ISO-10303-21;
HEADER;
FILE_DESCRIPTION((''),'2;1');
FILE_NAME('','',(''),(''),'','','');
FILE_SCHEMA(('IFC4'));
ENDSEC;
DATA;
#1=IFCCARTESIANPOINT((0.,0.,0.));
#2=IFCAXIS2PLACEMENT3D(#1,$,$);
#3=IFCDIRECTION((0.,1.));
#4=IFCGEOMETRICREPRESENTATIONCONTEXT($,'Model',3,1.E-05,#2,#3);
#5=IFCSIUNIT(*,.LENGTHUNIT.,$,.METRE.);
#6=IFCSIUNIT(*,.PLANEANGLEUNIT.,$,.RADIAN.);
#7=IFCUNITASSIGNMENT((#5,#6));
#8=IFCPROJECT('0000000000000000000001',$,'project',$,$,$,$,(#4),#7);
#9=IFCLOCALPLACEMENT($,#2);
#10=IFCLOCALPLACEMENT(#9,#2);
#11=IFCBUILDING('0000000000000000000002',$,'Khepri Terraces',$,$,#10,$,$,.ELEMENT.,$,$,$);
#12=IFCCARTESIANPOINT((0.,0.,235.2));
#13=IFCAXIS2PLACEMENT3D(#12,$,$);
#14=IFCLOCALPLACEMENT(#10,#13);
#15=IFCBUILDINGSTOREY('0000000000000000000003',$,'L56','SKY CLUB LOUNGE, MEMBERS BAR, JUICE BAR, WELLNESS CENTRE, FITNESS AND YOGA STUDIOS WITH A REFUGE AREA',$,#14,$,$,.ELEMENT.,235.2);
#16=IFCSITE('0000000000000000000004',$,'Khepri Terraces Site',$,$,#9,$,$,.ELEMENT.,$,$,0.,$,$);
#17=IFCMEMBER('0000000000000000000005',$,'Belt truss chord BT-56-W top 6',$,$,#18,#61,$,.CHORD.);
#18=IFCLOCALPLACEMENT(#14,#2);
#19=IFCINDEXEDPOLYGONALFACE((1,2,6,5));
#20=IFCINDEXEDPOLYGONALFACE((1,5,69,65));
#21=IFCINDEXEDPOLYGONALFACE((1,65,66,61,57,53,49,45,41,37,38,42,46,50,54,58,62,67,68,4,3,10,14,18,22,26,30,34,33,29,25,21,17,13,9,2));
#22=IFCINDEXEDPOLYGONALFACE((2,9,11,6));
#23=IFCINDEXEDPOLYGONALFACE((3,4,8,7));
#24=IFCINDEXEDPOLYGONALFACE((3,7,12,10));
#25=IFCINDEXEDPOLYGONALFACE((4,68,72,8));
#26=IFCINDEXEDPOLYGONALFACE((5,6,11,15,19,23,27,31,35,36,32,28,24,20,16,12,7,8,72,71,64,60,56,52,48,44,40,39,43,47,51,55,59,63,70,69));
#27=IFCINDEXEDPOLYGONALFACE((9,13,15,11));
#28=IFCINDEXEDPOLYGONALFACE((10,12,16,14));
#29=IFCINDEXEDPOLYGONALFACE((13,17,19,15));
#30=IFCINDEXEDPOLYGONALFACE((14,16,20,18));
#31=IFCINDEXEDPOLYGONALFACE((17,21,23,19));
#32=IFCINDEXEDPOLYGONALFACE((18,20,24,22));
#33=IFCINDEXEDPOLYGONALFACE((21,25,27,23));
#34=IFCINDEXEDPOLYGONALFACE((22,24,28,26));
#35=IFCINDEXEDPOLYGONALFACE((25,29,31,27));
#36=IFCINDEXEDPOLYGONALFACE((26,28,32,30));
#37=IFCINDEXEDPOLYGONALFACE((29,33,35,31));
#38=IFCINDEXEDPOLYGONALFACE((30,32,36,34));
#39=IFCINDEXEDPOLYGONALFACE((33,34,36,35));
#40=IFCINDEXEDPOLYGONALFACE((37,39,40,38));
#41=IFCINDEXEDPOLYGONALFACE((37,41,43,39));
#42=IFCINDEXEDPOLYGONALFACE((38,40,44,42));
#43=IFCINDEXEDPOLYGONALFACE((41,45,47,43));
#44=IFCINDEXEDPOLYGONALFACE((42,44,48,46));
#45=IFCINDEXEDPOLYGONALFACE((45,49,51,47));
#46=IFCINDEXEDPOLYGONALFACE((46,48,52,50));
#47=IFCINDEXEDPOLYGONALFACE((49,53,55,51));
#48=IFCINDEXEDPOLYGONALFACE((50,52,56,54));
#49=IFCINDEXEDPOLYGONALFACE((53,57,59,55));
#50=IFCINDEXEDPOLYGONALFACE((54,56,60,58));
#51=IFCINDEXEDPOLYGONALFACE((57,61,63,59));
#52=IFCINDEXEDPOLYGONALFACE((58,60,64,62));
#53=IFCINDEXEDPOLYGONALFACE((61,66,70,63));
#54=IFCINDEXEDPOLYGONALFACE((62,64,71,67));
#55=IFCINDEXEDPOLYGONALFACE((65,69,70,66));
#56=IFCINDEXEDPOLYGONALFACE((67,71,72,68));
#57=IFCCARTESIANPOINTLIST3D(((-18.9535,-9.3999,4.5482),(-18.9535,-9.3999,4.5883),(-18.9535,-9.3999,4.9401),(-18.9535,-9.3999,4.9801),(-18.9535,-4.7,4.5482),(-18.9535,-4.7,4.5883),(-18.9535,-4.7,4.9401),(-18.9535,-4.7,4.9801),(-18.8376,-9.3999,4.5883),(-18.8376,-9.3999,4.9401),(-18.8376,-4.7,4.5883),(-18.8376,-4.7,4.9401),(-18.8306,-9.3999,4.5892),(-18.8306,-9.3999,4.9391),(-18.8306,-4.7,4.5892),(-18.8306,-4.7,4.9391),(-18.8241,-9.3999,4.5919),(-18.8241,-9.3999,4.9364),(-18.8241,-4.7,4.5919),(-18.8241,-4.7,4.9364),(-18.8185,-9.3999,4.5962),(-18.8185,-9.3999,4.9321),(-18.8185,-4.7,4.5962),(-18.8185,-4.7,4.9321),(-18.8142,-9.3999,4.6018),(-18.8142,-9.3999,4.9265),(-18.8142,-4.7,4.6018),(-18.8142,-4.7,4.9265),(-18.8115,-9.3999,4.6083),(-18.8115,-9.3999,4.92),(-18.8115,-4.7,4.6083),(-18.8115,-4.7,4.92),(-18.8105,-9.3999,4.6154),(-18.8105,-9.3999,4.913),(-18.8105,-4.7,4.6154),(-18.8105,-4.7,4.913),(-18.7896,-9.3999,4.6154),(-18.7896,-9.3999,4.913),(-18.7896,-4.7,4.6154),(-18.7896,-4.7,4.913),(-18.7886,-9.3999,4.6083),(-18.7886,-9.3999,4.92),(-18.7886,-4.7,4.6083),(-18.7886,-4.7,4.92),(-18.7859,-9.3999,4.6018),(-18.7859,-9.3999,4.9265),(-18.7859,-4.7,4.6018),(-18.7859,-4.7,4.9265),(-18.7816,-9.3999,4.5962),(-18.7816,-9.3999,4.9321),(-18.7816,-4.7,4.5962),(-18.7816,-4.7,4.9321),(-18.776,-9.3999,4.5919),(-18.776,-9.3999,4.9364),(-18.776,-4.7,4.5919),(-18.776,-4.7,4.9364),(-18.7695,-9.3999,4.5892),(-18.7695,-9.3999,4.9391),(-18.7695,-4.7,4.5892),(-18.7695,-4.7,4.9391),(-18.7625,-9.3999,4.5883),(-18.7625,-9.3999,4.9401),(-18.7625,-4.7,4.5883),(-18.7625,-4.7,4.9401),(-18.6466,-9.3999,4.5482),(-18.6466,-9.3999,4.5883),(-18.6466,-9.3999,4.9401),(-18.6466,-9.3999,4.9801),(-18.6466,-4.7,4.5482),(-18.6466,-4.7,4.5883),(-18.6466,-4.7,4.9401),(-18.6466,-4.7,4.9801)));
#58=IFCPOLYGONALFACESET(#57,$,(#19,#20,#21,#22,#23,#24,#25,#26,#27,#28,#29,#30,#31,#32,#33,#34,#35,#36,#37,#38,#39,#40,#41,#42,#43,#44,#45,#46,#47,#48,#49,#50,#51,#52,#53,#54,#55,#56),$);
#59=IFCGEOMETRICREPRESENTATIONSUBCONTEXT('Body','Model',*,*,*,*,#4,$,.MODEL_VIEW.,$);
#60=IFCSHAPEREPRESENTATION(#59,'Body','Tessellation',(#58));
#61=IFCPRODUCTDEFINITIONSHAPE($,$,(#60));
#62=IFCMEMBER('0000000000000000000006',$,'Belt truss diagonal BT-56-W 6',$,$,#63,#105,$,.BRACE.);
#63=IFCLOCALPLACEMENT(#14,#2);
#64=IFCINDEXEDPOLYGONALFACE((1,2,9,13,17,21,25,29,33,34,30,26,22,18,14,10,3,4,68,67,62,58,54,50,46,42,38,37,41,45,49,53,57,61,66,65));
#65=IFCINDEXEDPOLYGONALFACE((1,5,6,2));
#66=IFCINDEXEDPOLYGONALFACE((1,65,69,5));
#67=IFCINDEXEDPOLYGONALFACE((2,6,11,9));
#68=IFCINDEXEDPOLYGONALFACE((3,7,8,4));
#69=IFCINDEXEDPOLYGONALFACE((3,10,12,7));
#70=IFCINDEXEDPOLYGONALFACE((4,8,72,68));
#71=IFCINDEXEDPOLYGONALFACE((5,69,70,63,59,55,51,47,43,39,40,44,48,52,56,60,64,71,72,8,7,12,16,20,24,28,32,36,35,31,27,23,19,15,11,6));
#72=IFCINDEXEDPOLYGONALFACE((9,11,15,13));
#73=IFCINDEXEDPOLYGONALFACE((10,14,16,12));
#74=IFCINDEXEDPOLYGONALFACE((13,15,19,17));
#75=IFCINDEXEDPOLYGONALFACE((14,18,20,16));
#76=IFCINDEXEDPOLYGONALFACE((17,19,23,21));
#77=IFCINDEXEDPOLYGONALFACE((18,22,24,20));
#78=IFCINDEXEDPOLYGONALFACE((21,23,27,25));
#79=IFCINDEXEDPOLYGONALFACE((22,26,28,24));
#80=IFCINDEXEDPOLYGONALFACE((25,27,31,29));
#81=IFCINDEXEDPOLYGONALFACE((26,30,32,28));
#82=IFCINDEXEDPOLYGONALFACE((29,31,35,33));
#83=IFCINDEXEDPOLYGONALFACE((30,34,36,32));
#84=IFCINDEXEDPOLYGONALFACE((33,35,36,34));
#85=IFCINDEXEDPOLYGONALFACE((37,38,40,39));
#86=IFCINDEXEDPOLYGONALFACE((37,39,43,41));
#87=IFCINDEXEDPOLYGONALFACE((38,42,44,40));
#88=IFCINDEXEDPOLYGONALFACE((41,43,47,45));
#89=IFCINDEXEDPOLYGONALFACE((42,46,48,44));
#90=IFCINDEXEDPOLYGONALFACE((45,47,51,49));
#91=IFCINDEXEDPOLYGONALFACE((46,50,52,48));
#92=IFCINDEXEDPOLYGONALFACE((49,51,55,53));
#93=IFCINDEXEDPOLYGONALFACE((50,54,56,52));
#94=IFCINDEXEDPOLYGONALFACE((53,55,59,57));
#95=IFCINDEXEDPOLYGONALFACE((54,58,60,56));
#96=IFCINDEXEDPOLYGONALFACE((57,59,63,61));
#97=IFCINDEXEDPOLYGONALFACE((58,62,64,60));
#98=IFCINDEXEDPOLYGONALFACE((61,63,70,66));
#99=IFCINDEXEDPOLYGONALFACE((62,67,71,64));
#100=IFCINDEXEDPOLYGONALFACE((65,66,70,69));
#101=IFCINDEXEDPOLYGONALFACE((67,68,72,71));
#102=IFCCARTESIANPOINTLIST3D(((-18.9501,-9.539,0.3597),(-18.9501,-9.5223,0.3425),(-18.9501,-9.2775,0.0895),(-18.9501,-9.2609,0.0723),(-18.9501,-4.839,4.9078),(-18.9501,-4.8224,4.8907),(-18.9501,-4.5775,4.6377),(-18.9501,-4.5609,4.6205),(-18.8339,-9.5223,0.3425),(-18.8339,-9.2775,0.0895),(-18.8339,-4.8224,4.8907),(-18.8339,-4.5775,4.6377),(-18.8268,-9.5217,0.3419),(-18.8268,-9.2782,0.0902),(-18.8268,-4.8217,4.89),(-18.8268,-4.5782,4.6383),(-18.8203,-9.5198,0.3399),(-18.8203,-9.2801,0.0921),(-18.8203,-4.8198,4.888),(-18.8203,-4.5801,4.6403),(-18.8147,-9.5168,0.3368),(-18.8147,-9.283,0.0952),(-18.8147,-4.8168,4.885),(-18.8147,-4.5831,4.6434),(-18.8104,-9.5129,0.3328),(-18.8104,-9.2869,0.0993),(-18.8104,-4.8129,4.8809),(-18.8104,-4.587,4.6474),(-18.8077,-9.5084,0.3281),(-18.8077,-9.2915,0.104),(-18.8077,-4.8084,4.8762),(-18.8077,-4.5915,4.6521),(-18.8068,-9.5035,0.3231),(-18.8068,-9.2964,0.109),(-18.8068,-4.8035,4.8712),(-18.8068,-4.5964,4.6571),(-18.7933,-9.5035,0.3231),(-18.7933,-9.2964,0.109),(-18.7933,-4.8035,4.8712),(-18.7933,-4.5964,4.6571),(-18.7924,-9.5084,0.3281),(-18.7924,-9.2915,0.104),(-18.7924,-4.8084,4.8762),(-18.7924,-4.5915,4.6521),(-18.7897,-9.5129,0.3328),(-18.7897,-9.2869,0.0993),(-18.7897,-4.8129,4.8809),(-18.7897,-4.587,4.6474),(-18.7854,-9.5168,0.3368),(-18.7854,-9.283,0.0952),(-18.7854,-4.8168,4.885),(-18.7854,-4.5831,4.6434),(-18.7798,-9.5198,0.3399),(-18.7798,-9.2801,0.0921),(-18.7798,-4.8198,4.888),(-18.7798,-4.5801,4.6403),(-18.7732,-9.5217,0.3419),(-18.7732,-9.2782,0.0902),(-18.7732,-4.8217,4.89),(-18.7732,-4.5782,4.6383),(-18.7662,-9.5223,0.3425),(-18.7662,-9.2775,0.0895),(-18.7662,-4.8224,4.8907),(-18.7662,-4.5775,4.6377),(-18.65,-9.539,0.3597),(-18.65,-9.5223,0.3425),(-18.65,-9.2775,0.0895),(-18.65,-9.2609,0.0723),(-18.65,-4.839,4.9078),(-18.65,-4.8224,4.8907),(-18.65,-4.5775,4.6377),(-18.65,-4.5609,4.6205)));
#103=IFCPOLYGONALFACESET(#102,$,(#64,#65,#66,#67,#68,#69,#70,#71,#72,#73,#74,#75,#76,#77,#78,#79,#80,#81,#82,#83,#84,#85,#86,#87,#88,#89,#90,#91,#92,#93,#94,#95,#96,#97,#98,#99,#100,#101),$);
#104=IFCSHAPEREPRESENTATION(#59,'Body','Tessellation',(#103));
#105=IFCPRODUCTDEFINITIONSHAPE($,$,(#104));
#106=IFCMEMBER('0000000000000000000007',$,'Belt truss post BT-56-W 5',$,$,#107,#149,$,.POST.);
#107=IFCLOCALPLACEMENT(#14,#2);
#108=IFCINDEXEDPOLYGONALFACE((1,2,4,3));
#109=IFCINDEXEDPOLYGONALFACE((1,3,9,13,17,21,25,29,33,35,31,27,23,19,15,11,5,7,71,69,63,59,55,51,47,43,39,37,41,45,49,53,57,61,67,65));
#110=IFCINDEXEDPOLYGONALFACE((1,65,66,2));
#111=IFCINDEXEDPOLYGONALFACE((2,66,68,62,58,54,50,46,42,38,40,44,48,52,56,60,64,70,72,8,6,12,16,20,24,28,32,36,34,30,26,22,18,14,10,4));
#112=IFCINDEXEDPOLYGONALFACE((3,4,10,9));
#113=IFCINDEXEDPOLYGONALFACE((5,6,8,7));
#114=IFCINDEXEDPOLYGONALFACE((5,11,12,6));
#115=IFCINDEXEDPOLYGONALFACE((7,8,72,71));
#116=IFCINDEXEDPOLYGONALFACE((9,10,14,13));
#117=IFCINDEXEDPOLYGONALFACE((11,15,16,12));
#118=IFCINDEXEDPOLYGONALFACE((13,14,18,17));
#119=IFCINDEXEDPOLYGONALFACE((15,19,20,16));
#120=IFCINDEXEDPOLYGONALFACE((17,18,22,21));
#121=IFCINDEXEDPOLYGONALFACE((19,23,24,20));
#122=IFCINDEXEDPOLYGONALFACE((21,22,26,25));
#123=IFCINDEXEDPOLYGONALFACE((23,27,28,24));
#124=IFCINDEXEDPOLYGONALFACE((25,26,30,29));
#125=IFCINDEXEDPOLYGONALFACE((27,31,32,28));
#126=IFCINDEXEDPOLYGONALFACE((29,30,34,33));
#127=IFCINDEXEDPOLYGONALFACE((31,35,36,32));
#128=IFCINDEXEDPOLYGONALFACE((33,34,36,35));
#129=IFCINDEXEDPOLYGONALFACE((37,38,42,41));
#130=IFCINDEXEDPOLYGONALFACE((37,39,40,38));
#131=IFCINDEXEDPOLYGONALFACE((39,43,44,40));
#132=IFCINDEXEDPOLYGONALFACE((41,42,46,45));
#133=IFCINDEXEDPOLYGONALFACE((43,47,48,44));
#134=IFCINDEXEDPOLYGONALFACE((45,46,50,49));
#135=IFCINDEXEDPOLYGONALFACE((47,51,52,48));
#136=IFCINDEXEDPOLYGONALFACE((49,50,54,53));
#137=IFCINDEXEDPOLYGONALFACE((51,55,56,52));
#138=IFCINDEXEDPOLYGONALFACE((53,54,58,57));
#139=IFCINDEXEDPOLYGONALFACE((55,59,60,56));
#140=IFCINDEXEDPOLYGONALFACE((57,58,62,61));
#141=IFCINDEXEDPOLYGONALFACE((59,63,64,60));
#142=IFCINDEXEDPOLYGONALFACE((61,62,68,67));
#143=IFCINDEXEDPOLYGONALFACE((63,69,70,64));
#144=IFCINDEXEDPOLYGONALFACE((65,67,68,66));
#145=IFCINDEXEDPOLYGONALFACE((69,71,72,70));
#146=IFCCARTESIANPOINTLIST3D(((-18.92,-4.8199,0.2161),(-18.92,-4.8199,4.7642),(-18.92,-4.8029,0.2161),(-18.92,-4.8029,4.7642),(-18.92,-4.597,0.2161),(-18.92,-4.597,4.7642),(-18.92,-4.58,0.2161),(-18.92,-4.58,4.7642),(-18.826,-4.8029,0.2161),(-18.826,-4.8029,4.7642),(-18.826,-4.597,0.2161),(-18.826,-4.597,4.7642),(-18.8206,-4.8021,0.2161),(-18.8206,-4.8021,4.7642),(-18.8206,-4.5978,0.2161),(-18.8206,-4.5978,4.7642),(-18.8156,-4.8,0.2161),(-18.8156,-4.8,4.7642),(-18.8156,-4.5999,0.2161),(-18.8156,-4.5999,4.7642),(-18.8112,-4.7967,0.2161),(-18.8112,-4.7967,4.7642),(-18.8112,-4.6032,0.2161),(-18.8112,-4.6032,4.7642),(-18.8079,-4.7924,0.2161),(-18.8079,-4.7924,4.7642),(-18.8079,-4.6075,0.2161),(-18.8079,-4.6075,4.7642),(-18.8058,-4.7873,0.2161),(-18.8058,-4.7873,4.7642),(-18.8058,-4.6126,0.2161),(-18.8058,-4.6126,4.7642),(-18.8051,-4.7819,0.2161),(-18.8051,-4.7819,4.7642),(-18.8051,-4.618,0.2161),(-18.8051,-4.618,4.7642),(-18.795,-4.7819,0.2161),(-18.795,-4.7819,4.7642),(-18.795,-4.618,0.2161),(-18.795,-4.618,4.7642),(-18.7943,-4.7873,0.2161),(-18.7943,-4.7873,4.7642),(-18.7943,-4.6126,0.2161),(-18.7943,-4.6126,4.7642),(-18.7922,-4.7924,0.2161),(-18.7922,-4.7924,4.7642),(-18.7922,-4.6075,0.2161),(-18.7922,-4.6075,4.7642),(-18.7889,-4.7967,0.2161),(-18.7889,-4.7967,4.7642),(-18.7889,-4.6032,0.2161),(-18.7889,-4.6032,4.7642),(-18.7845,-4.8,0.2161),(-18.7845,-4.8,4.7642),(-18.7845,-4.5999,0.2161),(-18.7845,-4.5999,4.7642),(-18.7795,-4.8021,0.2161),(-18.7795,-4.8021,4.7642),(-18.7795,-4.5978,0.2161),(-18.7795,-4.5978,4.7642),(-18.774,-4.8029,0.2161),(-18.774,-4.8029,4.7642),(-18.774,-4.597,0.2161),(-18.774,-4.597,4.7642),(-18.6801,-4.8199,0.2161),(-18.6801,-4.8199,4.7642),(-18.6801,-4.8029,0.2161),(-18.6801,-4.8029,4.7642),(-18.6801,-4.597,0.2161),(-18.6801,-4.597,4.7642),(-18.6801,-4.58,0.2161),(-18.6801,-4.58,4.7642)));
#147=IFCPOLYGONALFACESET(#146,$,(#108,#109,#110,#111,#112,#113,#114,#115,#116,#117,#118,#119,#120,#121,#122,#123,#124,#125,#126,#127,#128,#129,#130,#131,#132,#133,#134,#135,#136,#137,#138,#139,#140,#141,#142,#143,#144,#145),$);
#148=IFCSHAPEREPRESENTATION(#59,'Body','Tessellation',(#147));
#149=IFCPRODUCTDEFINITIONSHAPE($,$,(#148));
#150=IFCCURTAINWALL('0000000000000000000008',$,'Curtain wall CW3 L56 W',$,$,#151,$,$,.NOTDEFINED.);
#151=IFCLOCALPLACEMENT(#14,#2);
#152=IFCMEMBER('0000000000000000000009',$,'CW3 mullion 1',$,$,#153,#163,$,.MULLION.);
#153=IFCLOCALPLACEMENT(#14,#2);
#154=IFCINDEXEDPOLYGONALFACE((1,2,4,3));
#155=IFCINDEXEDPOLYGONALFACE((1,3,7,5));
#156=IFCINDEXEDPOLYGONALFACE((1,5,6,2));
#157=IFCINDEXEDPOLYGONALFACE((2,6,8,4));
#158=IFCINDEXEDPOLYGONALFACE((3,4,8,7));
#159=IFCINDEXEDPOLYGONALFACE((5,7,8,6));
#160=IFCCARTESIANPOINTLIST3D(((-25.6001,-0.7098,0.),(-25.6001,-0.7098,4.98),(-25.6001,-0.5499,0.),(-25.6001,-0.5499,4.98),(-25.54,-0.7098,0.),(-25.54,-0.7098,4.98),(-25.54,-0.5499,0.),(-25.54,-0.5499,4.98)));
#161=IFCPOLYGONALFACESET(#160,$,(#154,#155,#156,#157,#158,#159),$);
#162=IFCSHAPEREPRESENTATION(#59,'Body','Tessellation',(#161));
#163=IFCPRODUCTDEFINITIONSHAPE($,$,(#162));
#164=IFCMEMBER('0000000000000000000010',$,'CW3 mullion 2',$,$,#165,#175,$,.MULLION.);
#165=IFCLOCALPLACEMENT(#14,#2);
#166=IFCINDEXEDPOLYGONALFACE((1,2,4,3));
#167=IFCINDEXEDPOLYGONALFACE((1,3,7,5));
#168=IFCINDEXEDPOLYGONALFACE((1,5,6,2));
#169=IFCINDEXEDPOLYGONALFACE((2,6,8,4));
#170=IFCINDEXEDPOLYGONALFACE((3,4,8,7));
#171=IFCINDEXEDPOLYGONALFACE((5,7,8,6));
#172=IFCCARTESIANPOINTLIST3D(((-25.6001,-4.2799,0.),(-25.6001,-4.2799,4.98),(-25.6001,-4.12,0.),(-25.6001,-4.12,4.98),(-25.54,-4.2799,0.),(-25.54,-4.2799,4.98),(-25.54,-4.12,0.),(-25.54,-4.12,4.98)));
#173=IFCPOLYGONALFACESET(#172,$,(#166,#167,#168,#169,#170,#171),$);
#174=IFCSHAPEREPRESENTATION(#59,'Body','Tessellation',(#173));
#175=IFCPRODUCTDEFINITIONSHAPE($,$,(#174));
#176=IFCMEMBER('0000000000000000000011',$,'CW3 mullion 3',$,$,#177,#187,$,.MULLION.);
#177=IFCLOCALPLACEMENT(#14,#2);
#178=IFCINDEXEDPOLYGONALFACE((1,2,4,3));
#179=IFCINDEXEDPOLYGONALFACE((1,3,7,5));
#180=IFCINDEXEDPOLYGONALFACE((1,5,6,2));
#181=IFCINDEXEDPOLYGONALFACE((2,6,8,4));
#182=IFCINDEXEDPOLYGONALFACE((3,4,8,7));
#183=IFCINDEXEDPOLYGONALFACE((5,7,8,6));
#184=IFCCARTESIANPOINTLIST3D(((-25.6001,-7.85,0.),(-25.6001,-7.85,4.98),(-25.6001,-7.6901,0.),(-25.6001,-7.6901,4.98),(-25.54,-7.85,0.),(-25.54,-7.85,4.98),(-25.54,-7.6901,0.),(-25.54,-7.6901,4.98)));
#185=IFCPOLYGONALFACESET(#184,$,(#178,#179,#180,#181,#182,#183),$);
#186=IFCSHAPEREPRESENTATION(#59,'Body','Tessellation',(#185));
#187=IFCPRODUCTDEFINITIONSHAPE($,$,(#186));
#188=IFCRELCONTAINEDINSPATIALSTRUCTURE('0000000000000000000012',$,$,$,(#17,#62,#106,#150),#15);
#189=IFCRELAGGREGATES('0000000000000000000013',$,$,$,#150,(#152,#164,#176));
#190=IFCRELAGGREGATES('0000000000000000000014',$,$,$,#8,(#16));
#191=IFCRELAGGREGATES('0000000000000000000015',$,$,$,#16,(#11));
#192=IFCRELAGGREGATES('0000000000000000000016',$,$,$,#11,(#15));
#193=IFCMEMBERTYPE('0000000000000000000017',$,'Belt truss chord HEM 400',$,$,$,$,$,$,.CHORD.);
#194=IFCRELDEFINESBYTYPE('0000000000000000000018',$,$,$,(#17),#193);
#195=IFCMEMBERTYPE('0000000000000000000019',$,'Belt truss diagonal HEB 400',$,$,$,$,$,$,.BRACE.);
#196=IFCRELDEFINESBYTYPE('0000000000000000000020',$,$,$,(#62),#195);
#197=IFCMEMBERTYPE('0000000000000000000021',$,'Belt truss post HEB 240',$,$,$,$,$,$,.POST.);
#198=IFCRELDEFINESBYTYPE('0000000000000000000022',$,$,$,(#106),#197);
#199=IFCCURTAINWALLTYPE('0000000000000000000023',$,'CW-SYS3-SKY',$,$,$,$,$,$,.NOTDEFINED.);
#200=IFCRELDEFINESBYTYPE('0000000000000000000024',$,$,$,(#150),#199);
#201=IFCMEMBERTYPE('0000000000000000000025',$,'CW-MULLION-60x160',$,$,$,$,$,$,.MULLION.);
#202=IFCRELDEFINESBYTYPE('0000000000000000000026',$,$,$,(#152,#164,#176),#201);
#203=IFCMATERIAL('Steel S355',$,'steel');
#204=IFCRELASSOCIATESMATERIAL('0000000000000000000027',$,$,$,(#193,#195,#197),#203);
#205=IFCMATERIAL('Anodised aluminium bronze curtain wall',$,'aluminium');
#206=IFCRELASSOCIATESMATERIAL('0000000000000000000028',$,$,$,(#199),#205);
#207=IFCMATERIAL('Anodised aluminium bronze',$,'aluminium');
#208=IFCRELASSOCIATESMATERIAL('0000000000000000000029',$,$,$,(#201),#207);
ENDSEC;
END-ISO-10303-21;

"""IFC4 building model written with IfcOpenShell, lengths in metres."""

from ifc_helpers import new_model, si_unit, direction, frame, origin, origin_2d, place, context, subcontext, project, spatial, rectangle, i_section, extrude, material, material_profile, profile_set, type_object, element, aggregate, save


model = new_model("IFC4")

# Units and contexts
model_context = context("Model", 3, precision=1e-05, world=origin(), true_north=direction((0.0, 1.0)))
body_context = subcontext(model_context, "Body", "Model", "MODEL_VIEW")
ifc_project = project(units=[si_unit("LENGTHUNIT", "METRE"), si_unit("PLANEANGLEUNIT", "RADIAN")], contexts=[model_context])

# Site, building, storey
site_placement = place(None, origin())
site = spatial("IfcSite", under=ifc_project, at=site_placement, Name="Khepri Terraces Site", CompositionType="ELEMENT", RefElevation=0.0)
building_placement = place(site_placement, origin())
building = spatial("IfcBuilding", under=site, at=building_placement, Name="Khepri Terraces", CompositionType="ELEMENT")
storey_placement = place(building_placement, frame((0.0, 0.0, 235.2)))
storey = spatial("IfcBuildingStorey", under=building, at=storey_placement, Name="L56", Description="SKY CLUB LOUNGE, MEMBERS BAR, JUICE BAR, WELLNESS CENTRE, FITNESS AND YOGA STUDIOS WITH A REFUGE AREA", CompositionType="ELEMENT", Elevation=235.2)

# Members
ifc_material_1 = material(Name="Steel S355", Category="steel")
ifc_material_profile_1 = material_profile(ifc_material_1, i_section(OverallWidth=0.3069, OverallDepth=0.4319, WebThickness=0.021, FlangeThickness=0.04, FilletRadius=0.0271, at=origin_2d()), Name="Steel S355", Category="steel")
ifc_profile_set_1 = profile_set([ifc_material_profile_1], Name="Steel S355")
member_type_1 = type_object("IfcMemberType", Name="Belt truss chord HEM 400", PredefinedType="CHORD", material=ifc_profile_set_1)
for number, where, z_axis, x_axis, name in (
    (1, (-18.8, -4.7, 4.7642), (0.0, -1.0, 0.0), (1.0, 0.0, 0.0), "Belt truss chord BT-56-W top 6"),
):
    element("IfcMember", number, at=place(storey_placement, frame(where, z_axis=z_axis, x_axis=x_axis)), inside=storey, type_object=member_type_1, Name=name, PredefinedType="CHORD", context=body_context, shape_type="SweptSolid", body=[
        extrude(i_section(OverallWidth=0.3069, OverallDepth=0.4319, WebThickness=0.021, FlangeThickness=0.04, FilletRadius=0.0271, at=origin_2d()), origin(), (0.0, 0.0, 1.0), 4.7),
    ])
ifc_material_profile_2 = material_profile(ifc_material_1, i_section(OverallWidth=0.3, OverallDepth=0.3999, WebThickness=0.0134, FlangeThickness=0.0239, FilletRadius=0.0271, at=origin_2d()), Name="Steel S355", Category="steel")
ifc_profile_set_2 = profile_set([ifc_material_profile_2], Name="Steel S355")
member_type_2 = type_object("IfcMemberType", Name="Belt truss diagonal HEB 400", PredefinedType="BRACE", material=ifc_profile_set_2)
member_1_placement = place(storey_placement, frame((-18.8, -4.7, 4.7642), z_axis=(0.0, -0.718621, -0.695402), x_axis=(1.0, 0.0, 0.0)))
element("IfcMember", 2, at=member_1_placement, inside=storey, type_object=member_type_2, Name="Belt truss diagonal BT-56-W 6", PredefinedType="BRACE", context=body_context, shape_type="SweptSolid", body=[
    extrude(i_section(OverallWidth=0.3, OverallDepth=0.3999, WebThickness=0.0134, FlangeThickness=0.0239, FilletRadius=0.0271, at=origin_2d()), origin(), (0.0, 0.0, 1.0), 6.5403),
])
ifc_material_profile_3 = material_profile(ifc_material_1, i_section(OverallWidth=0.24, OverallDepth=0.24, WebThickness=0.01, FlangeThickness=0.0171, FilletRadius=0.021, at=origin_2d()), Name="Steel S355", Category="steel")
ifc_profile_set_3 = profile_set([ifc_material_profile_3], Name="Steel S355")
member_type_3 = type_object("IfcMemberType", Name="Belt truss post HEB 240", PredefinedType="POST", material=ifc_profile_set_3)
member_2_placement = place(storey_placement, frame((-18.8, -4.7, 0.2161), z_axis=(0.0, 0.0, 1.0), x_axis=(1.0, 0.0, 0.0)))
element("IfcMember", 3, at=member_2_placement, inside=storey, type_object=member_type_3, Name="Belt truss post BT-56-W 5", PredefinedType="POST", context=body_context, shape_type="SweptSolid", body=[
    extrude(i_section(OverallWidth=0.24, OverallDepth=0.24, WebThickness=0.01, FlangeThickness=0.0171, FilletRadius=0.021, at=origin_2d()), origin(), (0.0, 0.0, 1.0), 4.5481),
])

# Curtain wall, members
ifc_material_2 = material(Name="Anodised aluminium bronze curtain wall", Category="aluminium")
curtain_wall_type = type_object("IfcCurtainWallType", Name="CW-SYS3-SKY", PredefinedType="NOTDEFINED", material=ifc_material_2)
curtain_wall_placement = place(storey_placement, origin())
curtain_wall = element("IfcCurtainWall", 4, at=curtain_wall_placement, inside=storey, type_object=curtain_wall_type, Name="Curtain wall CW3 L56 W", PredefinedType="NOTDEFINED")
ifc_material_3 = material(Name="Anodised aluminium bronze", Category="aluminium")
ifc_material_profile_4 = material_profile(ifc_material_3, rectangle(XDim=0.0601, YDim=0.1599, at=origin_2d()), Name="Anodised aluminium bronze", Category="aluminium")
ifc_profile_set_4 = profile_set([ifc_material_profile_4], Name="Anodised aluminium bronze")
member_type_4 = type_object("IfcMemberType", Name="CW-MULLION-60x160", PredefinedType="MULLION", material=ifc_profile_set_4)
member_3_placement = place(storey_placement, frame((-25.5701, -0.6299, 0.0), z_axis=(0.0, 0.0, 1.0), x_axis=(1.0, 0.0, 0.0)))
member_3 = element("IfcMember", 5, at=member_3_placement, type_object=member_type_4, Name="CW3 mullion 1", PredefinedType="MULLION", context=body_context, shape_type="SweptSolid", body=[
    extrude(rectangle(XDim=0.0601, YDim=0.1599, at=origin_2d()), origin(), (0.0, 0.0, 1.0), 4.98),
])
member_4_placement = place(storey_placement, frame((-25.5701, -4.2, 0.0), z_axis=(0.0, 0.0, 1.0), x_axis=(1.0, 0.0, 0.0)))
member_4 = element("IfcMember", 6, at=member_4_placement, type_object=member_type_4, Name="CW3 mullion 2", PredefinedType="MULLION", context=body_context, shape_type="SweptSolid", body=[
    extrude(rectangle(XDim=0.0601, YDim=0.1599, at=origin_2d()), origin(), (0.0, 0.0, 1.0), 4.98),
])
member_5_placement = place(storey_placement, frame((-25.5701, -7.77, 0.0), z_axis=(0.0, 0.0, 1.0), x_axis=(1.0, 0.0, 0.0)))
member_5 = element("IfcMember", 7, at=member_5_placement, type_object=member_type_4, Name="CW3 mullion 3", PredefinedType="MULLION", context=body_context, shape_type="SweptSolid", body=[
    extrude(rectangle(XDim=0.0601, YDim=0.1599, at=origin_2d()), origin(), (0.0, 0.0, 1.0), 4.98),
])
aggregate(curtain_wall, [member_3, member_4, member_5])

save(model, "model.ifc")
